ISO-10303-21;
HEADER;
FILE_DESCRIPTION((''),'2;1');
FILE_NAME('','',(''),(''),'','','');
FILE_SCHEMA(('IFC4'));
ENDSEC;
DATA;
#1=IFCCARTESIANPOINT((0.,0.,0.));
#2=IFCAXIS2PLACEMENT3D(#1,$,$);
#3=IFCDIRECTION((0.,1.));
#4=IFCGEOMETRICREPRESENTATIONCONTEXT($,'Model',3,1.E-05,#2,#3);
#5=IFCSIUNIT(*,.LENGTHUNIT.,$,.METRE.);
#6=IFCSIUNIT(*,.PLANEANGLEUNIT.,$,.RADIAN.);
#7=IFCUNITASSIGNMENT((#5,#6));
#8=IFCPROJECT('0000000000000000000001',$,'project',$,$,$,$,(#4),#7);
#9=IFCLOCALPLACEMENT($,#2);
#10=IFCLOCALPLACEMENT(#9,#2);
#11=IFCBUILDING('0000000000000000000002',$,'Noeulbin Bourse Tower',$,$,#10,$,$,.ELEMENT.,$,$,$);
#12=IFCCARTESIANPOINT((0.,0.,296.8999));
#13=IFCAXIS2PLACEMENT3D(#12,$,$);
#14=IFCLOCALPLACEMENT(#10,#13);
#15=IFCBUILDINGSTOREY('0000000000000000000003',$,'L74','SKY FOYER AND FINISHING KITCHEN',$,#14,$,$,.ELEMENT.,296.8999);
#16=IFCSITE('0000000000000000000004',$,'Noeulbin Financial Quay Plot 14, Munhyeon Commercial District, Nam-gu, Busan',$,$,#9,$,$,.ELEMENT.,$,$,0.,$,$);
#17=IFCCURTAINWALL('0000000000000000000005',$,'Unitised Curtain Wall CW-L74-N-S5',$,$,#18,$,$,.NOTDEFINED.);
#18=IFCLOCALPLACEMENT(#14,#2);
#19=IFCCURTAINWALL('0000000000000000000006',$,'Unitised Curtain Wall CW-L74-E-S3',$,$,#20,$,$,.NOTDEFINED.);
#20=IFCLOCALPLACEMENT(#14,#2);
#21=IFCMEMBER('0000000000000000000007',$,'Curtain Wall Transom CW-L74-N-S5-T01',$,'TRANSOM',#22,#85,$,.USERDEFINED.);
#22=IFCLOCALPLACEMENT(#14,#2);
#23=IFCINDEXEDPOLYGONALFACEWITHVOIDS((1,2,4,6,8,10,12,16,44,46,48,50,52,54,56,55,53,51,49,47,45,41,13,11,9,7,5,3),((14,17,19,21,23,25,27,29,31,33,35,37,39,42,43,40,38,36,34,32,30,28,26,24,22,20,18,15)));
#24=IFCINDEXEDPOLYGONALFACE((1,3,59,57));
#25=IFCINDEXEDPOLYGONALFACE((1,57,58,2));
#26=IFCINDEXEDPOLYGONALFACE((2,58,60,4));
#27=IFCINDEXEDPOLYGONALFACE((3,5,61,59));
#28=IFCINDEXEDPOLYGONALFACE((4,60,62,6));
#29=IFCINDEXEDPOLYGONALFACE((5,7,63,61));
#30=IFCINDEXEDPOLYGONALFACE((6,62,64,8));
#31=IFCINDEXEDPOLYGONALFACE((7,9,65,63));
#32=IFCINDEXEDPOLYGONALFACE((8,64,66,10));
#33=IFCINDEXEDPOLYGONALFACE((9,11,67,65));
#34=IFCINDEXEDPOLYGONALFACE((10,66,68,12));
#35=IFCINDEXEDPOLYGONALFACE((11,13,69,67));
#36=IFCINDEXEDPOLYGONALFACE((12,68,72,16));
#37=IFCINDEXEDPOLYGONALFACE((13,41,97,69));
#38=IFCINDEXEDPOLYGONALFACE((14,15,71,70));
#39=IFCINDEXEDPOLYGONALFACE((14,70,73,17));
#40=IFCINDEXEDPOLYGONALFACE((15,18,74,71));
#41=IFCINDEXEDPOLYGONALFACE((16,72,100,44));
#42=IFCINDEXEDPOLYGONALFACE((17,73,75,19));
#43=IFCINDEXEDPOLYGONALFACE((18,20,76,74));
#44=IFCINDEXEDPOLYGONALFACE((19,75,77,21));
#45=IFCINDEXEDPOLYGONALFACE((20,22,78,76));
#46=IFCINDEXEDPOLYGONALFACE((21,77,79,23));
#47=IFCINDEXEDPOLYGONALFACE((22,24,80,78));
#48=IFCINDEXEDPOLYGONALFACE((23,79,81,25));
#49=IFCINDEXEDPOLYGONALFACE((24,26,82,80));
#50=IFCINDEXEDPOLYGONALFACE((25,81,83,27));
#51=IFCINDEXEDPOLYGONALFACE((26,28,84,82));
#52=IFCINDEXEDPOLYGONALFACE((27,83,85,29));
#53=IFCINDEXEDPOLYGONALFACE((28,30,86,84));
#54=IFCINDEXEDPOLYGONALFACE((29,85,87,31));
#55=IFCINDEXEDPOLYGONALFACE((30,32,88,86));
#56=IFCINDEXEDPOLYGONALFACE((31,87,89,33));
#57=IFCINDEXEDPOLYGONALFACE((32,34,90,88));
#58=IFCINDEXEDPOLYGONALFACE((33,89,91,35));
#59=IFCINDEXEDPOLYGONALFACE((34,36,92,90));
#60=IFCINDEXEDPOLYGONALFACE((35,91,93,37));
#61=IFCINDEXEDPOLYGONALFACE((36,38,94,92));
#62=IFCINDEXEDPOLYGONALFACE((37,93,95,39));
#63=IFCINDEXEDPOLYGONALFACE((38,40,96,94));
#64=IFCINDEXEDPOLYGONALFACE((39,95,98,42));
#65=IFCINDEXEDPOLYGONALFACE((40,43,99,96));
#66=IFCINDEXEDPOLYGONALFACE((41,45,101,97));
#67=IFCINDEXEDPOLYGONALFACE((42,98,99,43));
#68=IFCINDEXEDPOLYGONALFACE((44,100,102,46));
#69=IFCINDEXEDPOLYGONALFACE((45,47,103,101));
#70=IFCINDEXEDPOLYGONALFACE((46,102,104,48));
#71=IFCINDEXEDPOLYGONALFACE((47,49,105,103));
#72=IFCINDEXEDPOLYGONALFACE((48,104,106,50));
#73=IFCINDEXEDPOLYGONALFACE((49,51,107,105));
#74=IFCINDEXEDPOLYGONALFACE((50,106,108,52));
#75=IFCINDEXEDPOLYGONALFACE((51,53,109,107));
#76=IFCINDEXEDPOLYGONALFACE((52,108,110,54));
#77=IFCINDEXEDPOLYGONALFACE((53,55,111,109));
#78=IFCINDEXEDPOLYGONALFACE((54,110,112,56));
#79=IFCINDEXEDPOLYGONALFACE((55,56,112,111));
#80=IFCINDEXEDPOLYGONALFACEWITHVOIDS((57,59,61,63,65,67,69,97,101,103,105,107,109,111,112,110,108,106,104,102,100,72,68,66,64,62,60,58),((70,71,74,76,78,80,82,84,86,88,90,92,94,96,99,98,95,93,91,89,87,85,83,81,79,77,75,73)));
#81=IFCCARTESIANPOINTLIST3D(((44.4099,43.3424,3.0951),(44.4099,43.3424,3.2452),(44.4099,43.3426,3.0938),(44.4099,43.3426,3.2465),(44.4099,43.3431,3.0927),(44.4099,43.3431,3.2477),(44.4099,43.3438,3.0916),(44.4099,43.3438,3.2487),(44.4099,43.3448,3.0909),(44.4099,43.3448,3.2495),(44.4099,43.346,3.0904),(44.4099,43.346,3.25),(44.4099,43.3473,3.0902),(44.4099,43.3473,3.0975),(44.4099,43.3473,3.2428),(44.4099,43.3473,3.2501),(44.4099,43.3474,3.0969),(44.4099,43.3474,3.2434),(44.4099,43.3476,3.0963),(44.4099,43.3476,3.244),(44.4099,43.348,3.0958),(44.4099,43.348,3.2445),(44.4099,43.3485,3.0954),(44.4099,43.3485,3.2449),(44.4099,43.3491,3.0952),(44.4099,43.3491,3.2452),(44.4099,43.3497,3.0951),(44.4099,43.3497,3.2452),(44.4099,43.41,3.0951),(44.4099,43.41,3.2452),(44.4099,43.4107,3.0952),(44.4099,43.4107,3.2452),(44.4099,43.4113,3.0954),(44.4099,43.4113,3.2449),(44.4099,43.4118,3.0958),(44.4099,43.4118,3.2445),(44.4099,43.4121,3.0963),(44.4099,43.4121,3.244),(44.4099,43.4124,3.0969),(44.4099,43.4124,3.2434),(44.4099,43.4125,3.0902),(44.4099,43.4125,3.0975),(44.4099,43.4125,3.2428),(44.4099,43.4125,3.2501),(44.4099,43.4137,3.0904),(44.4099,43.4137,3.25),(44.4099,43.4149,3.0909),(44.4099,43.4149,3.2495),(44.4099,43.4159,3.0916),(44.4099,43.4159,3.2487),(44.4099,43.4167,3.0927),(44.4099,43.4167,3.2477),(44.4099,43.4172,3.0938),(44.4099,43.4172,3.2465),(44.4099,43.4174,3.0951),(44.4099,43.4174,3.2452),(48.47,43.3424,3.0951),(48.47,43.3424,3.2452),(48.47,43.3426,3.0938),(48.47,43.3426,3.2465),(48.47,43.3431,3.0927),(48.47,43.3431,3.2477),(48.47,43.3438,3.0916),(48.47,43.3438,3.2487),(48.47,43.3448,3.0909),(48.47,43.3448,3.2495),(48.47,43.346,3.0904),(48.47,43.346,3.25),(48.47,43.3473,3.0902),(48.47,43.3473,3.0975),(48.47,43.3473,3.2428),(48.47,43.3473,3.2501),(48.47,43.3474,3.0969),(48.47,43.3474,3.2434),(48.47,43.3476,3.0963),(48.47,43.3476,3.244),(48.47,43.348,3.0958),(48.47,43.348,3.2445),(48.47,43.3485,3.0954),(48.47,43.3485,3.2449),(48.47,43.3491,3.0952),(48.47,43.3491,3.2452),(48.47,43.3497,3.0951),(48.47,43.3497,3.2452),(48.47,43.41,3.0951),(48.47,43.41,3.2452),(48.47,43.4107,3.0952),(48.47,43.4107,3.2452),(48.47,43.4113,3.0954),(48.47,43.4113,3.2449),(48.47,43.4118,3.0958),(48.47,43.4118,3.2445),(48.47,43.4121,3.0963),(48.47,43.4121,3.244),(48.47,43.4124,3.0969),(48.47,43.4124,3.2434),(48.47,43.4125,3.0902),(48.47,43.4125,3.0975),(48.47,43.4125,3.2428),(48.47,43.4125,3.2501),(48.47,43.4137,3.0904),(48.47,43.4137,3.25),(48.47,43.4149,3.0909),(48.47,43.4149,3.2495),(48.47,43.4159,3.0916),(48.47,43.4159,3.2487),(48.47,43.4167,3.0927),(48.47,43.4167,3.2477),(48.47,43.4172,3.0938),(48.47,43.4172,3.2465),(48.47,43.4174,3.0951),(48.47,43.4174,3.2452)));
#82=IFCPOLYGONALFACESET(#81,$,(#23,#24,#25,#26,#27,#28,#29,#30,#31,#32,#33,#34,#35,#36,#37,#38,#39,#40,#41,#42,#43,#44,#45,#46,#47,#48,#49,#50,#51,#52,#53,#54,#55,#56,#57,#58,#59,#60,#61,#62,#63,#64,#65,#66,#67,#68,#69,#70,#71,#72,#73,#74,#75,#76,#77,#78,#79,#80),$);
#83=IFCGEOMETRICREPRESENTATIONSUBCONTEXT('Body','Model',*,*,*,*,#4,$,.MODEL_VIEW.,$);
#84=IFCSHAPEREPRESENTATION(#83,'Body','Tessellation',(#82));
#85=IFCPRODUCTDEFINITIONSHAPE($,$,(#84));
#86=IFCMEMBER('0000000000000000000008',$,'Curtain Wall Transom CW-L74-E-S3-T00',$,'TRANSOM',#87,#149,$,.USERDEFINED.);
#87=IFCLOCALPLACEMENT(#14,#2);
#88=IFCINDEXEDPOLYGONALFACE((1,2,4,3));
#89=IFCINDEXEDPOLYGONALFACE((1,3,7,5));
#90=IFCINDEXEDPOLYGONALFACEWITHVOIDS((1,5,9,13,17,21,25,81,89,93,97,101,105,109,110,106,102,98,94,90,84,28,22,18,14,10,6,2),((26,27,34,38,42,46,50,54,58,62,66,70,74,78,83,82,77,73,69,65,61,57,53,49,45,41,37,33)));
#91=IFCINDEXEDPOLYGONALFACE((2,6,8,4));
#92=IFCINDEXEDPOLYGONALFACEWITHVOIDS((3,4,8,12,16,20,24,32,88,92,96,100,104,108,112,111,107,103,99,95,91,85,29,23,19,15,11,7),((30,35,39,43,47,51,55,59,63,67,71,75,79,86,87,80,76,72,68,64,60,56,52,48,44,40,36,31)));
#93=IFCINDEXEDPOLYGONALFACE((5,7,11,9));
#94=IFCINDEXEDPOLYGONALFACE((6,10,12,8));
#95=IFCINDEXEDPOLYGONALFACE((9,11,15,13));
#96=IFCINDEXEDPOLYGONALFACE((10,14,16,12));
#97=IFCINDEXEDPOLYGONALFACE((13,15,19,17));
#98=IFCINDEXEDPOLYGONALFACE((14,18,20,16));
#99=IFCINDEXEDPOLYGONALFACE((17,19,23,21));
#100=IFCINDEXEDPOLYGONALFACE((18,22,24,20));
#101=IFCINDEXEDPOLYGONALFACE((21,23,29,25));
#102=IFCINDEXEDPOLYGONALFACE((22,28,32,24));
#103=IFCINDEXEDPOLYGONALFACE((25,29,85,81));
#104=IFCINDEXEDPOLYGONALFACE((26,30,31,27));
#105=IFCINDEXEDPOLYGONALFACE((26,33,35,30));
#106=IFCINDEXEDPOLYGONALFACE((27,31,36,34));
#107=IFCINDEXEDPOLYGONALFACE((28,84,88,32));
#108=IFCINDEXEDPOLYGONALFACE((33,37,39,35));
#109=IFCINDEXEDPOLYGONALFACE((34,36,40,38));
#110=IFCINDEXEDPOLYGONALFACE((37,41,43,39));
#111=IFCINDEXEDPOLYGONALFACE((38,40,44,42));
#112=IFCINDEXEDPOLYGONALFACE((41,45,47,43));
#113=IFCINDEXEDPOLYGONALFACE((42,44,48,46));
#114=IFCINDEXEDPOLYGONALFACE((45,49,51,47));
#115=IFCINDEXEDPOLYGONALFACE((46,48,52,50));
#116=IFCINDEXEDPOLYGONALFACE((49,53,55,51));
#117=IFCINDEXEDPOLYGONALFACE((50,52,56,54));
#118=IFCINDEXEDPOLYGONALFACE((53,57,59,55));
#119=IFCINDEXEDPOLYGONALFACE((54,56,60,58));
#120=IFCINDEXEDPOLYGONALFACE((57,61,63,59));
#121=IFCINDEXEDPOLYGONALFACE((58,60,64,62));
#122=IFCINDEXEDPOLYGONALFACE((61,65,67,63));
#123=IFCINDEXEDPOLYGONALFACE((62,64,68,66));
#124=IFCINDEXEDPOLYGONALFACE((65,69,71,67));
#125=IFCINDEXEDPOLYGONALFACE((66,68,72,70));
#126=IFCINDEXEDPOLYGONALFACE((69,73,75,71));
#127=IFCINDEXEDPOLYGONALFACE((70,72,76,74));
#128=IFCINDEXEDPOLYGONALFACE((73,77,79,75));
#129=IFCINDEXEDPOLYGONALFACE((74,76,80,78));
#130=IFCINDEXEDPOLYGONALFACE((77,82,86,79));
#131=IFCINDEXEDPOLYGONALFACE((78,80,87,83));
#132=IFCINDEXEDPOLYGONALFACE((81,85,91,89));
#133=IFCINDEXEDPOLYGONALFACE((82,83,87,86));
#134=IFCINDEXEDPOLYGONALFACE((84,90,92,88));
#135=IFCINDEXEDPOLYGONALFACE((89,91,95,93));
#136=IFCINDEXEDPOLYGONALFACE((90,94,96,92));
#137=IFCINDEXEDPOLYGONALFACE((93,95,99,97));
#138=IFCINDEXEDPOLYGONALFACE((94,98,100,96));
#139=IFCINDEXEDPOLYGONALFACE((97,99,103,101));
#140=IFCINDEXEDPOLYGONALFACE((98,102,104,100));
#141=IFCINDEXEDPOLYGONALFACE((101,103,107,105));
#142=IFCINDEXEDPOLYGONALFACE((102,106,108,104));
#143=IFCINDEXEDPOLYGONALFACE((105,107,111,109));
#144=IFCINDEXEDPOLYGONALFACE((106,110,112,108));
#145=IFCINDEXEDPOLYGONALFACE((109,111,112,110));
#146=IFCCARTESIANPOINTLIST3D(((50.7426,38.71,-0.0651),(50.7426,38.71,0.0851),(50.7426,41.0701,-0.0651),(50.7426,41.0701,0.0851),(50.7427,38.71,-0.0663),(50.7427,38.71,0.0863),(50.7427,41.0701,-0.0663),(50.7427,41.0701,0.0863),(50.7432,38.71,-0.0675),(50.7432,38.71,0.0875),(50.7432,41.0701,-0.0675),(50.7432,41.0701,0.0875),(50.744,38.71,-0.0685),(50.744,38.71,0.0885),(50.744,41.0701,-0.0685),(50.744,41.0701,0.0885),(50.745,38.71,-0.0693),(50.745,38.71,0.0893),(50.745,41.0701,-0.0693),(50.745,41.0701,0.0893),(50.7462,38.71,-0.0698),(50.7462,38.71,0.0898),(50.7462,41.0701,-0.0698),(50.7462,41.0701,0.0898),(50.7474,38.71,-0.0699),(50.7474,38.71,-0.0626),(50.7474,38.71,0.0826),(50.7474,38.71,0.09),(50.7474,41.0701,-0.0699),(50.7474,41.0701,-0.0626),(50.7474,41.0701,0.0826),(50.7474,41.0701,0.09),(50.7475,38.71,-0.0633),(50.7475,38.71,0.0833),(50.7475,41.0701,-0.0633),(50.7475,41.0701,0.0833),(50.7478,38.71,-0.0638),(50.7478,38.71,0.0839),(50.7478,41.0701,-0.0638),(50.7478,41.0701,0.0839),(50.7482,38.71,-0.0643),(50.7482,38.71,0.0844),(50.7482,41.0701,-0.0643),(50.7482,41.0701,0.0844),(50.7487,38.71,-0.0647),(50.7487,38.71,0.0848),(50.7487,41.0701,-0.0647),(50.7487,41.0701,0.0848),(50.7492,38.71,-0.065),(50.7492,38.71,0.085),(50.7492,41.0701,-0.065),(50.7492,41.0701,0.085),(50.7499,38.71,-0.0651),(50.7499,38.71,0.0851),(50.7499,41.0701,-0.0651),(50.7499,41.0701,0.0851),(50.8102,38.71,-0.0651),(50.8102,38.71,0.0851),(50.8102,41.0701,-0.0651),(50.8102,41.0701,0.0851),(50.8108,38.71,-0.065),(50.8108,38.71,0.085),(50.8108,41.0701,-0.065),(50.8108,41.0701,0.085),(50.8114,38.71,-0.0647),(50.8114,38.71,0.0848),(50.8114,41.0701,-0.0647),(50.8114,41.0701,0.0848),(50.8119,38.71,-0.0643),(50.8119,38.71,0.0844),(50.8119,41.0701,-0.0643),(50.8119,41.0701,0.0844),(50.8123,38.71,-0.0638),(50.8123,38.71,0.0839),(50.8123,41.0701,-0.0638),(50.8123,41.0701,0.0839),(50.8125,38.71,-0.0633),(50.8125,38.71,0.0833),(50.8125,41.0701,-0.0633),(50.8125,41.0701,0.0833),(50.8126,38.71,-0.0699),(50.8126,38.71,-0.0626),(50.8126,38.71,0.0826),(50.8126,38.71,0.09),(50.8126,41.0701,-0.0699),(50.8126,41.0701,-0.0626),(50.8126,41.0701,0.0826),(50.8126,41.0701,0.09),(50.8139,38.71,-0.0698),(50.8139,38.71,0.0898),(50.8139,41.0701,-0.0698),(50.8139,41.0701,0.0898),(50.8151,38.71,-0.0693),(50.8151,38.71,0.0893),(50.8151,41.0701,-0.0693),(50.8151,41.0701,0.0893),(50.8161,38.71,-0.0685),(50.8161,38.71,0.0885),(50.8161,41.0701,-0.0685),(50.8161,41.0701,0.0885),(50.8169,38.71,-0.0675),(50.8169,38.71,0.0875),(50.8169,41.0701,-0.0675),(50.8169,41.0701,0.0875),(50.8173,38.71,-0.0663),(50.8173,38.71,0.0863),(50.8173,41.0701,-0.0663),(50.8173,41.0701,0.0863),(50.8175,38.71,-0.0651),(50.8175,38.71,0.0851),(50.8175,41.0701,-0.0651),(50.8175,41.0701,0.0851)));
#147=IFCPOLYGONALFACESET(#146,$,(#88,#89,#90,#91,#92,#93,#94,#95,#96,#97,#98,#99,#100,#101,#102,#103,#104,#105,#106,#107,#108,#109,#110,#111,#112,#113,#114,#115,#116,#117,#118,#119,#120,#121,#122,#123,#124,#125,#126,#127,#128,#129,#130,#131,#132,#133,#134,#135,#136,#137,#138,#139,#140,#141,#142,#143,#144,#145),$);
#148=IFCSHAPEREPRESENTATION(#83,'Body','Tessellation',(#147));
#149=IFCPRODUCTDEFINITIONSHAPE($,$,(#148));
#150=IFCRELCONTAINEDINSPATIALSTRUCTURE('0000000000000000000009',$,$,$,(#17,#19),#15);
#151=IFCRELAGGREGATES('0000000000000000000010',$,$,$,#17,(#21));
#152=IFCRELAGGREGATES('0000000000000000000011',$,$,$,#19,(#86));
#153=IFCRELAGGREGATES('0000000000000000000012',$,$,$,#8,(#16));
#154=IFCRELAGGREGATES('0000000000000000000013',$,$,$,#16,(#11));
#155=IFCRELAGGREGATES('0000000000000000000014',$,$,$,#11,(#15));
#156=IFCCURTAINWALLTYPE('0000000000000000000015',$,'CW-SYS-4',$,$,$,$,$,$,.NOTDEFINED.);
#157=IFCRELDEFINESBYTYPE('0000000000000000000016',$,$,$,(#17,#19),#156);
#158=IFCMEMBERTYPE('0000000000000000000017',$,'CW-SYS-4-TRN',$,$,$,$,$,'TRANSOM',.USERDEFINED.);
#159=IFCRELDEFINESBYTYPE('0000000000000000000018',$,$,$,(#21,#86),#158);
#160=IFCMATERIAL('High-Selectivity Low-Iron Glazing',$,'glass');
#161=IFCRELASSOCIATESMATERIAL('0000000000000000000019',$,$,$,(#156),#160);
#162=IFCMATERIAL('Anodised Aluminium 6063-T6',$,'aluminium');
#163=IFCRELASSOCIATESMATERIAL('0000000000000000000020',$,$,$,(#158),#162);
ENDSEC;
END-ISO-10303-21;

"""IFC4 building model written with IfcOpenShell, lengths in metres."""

from ifc_helpers import new_model, si_unit, direction, frame, origin, origin_2d, place, context, subcontext, project, spatial, hollow_rectangle, extrude, material, material_profile, profile_set, type_object, element, aggregate, save


model = new_model("IFC4")

# Units and contexts
model_context = context("Model", 3, precision=1e-05, world=origin(), true_north=direction((0.0, 1.0)))
body_context = subcontext(model_context, "Body", "Model", "MODEL_VIEW")
ifc_project = project(units=[si_unit("LENGTHUNIT", "METRE"), si_unit("PLANEANGLEUNIT", "RADIAN")], contexts=[model_context])

# Site, building, storey
site_placement = place(None, origin())
site = spatial("IfcSite", under=ifc_project, at=site_placement, Name="Noeulbin Financial Quay Plot 14, Munhyeon Commercial District, Nam-gu, Busan", CompositionType="ELEMENT", RefElevation=0.0)
building_placement = place(site_placement, origin())
building = spatial("IfcBuilding", under=site, at=building_placement, Name="Noeulbin Bourse Tower", CompositionType="ELEMENT")
storey_placement = place(building_placement, frame((0.0, 0.0, 296.8999)))
storey = spatial("IfcBuildingStorey", under=building, at=storey_placement, Name="L74", Description="SKY FOYER AND FINISHING KITCHEN", CompositionType="ELEMENT", Elevation=296.8999)

# Shared definitions
ifc_material_1 = material(Name="High-Selectivity Low-Iron Glazing", Category="glass")
curtain_wall_type = type_object("IfcCurtainWallType", Name="CW-SYS-4", PredefinedType="NOTDEFINED", material=ifc_material_1)
ifc_material_2 = material(Name="Anodised Aluminium 6063-T6", Category="aluminium")

# Curtain walls
curtain_wall_1_placement = place(storey_placement, origin())
curtain_wall_1 = element("IfcCurtainWall", 1, at=curtain_wall_1_placement, inside=storey, type_object=curtain_wall_type, Name="Unitised Curtain Wall CW-L74-N-S5", PredefinedType="NOTDEFINED")
curtain_wall_2_placement = place(storey_placement, origin())
curtain_wall_2 = element("IfcCurtainWall", 2, at=curtain_wall_2_placement, inside=storey, type_object=curtain_wall_type, Name="Unitised Curtain Wall CW-L74-E-S3", PredefinedType="NOTDEFINED")

# Members
ifc_material_profile_1 = material_profile(ifc_material_2, hollow_rectangle(XDim=0.075, YDim=0.1599, WallThickness=0.0049, InnerFilletRadius=0.0024, OuterFilletRadius=0.0049, at=origin_2d()), Name="ALU-TRAN-75x160x5", Category="LoadBearing")
ifc_profile_set_1 = profile_set([ifc_material_profile_1], Name="Anodised Aluminium 6063-T6")
member_type_1 = type_object("IfcMemberType", Name="CW-SYS-4-TRN", ElementType="TRANSOM", PredefinedType="USERDEFINED", material=ifc_profile_set_1)
member_1_placement = place(storey_placement, frame((44.4099, 43.3799, 3.1702), z_axis=(1.0, 0.0, 0.0), x_axis=(0.0, 1.0, 0.0)))
member_1 = element("IfcMember", 3, at=member_1_placement, type_object=member_type_1, Name="Curtain Wall Transom CW-L74-N-S5-T01", ObjectType="TRANSOM", PredefinedType="USERDEFINED", context=body_context, shape_type="SweptSolid", body=[
    extrude(hollow_rectangle(XDim=0.075, YDim=0.1599, WallThickness=0.0049, InnerFilletRadius=0.0024, OuterFilletRadius=0.0049, at=origin_2d()), origin(), (0.0, 0.0, 1.0), 4.0601),
])
member_2_placement = place(storey_placement, frame((50.78, 38.71, 0.01), z_axis=(0.0, 1.0, 0.0), x_axis=(-1.0, 0.0, 0.0)))
member_2 = element("IfcMember", 4, at=member_2_placement, type_object=member_type_1, Name="Curtain Wall Transom CW-L74-E-S3-T00", ObjectType="TRANSOM", PredefinedType="USERDEFINED", context=body_context, shape_type="SweptSolid", body=[
    extrude(hollow_rectangle(XDim=0.075, YDim=0.1599, WallThickness=0.0049, InnerFilletRadius=0.0024, OuterFilletRadius=0.0049, at=origin_2d()), origin(), (0.0, 0.0, 1.0), 2.3601),
])

aggregate(curtain_wall_1, [member_1])
aggregate(curtain_wall_2, [member_2])

save(model, "model.ifc")
